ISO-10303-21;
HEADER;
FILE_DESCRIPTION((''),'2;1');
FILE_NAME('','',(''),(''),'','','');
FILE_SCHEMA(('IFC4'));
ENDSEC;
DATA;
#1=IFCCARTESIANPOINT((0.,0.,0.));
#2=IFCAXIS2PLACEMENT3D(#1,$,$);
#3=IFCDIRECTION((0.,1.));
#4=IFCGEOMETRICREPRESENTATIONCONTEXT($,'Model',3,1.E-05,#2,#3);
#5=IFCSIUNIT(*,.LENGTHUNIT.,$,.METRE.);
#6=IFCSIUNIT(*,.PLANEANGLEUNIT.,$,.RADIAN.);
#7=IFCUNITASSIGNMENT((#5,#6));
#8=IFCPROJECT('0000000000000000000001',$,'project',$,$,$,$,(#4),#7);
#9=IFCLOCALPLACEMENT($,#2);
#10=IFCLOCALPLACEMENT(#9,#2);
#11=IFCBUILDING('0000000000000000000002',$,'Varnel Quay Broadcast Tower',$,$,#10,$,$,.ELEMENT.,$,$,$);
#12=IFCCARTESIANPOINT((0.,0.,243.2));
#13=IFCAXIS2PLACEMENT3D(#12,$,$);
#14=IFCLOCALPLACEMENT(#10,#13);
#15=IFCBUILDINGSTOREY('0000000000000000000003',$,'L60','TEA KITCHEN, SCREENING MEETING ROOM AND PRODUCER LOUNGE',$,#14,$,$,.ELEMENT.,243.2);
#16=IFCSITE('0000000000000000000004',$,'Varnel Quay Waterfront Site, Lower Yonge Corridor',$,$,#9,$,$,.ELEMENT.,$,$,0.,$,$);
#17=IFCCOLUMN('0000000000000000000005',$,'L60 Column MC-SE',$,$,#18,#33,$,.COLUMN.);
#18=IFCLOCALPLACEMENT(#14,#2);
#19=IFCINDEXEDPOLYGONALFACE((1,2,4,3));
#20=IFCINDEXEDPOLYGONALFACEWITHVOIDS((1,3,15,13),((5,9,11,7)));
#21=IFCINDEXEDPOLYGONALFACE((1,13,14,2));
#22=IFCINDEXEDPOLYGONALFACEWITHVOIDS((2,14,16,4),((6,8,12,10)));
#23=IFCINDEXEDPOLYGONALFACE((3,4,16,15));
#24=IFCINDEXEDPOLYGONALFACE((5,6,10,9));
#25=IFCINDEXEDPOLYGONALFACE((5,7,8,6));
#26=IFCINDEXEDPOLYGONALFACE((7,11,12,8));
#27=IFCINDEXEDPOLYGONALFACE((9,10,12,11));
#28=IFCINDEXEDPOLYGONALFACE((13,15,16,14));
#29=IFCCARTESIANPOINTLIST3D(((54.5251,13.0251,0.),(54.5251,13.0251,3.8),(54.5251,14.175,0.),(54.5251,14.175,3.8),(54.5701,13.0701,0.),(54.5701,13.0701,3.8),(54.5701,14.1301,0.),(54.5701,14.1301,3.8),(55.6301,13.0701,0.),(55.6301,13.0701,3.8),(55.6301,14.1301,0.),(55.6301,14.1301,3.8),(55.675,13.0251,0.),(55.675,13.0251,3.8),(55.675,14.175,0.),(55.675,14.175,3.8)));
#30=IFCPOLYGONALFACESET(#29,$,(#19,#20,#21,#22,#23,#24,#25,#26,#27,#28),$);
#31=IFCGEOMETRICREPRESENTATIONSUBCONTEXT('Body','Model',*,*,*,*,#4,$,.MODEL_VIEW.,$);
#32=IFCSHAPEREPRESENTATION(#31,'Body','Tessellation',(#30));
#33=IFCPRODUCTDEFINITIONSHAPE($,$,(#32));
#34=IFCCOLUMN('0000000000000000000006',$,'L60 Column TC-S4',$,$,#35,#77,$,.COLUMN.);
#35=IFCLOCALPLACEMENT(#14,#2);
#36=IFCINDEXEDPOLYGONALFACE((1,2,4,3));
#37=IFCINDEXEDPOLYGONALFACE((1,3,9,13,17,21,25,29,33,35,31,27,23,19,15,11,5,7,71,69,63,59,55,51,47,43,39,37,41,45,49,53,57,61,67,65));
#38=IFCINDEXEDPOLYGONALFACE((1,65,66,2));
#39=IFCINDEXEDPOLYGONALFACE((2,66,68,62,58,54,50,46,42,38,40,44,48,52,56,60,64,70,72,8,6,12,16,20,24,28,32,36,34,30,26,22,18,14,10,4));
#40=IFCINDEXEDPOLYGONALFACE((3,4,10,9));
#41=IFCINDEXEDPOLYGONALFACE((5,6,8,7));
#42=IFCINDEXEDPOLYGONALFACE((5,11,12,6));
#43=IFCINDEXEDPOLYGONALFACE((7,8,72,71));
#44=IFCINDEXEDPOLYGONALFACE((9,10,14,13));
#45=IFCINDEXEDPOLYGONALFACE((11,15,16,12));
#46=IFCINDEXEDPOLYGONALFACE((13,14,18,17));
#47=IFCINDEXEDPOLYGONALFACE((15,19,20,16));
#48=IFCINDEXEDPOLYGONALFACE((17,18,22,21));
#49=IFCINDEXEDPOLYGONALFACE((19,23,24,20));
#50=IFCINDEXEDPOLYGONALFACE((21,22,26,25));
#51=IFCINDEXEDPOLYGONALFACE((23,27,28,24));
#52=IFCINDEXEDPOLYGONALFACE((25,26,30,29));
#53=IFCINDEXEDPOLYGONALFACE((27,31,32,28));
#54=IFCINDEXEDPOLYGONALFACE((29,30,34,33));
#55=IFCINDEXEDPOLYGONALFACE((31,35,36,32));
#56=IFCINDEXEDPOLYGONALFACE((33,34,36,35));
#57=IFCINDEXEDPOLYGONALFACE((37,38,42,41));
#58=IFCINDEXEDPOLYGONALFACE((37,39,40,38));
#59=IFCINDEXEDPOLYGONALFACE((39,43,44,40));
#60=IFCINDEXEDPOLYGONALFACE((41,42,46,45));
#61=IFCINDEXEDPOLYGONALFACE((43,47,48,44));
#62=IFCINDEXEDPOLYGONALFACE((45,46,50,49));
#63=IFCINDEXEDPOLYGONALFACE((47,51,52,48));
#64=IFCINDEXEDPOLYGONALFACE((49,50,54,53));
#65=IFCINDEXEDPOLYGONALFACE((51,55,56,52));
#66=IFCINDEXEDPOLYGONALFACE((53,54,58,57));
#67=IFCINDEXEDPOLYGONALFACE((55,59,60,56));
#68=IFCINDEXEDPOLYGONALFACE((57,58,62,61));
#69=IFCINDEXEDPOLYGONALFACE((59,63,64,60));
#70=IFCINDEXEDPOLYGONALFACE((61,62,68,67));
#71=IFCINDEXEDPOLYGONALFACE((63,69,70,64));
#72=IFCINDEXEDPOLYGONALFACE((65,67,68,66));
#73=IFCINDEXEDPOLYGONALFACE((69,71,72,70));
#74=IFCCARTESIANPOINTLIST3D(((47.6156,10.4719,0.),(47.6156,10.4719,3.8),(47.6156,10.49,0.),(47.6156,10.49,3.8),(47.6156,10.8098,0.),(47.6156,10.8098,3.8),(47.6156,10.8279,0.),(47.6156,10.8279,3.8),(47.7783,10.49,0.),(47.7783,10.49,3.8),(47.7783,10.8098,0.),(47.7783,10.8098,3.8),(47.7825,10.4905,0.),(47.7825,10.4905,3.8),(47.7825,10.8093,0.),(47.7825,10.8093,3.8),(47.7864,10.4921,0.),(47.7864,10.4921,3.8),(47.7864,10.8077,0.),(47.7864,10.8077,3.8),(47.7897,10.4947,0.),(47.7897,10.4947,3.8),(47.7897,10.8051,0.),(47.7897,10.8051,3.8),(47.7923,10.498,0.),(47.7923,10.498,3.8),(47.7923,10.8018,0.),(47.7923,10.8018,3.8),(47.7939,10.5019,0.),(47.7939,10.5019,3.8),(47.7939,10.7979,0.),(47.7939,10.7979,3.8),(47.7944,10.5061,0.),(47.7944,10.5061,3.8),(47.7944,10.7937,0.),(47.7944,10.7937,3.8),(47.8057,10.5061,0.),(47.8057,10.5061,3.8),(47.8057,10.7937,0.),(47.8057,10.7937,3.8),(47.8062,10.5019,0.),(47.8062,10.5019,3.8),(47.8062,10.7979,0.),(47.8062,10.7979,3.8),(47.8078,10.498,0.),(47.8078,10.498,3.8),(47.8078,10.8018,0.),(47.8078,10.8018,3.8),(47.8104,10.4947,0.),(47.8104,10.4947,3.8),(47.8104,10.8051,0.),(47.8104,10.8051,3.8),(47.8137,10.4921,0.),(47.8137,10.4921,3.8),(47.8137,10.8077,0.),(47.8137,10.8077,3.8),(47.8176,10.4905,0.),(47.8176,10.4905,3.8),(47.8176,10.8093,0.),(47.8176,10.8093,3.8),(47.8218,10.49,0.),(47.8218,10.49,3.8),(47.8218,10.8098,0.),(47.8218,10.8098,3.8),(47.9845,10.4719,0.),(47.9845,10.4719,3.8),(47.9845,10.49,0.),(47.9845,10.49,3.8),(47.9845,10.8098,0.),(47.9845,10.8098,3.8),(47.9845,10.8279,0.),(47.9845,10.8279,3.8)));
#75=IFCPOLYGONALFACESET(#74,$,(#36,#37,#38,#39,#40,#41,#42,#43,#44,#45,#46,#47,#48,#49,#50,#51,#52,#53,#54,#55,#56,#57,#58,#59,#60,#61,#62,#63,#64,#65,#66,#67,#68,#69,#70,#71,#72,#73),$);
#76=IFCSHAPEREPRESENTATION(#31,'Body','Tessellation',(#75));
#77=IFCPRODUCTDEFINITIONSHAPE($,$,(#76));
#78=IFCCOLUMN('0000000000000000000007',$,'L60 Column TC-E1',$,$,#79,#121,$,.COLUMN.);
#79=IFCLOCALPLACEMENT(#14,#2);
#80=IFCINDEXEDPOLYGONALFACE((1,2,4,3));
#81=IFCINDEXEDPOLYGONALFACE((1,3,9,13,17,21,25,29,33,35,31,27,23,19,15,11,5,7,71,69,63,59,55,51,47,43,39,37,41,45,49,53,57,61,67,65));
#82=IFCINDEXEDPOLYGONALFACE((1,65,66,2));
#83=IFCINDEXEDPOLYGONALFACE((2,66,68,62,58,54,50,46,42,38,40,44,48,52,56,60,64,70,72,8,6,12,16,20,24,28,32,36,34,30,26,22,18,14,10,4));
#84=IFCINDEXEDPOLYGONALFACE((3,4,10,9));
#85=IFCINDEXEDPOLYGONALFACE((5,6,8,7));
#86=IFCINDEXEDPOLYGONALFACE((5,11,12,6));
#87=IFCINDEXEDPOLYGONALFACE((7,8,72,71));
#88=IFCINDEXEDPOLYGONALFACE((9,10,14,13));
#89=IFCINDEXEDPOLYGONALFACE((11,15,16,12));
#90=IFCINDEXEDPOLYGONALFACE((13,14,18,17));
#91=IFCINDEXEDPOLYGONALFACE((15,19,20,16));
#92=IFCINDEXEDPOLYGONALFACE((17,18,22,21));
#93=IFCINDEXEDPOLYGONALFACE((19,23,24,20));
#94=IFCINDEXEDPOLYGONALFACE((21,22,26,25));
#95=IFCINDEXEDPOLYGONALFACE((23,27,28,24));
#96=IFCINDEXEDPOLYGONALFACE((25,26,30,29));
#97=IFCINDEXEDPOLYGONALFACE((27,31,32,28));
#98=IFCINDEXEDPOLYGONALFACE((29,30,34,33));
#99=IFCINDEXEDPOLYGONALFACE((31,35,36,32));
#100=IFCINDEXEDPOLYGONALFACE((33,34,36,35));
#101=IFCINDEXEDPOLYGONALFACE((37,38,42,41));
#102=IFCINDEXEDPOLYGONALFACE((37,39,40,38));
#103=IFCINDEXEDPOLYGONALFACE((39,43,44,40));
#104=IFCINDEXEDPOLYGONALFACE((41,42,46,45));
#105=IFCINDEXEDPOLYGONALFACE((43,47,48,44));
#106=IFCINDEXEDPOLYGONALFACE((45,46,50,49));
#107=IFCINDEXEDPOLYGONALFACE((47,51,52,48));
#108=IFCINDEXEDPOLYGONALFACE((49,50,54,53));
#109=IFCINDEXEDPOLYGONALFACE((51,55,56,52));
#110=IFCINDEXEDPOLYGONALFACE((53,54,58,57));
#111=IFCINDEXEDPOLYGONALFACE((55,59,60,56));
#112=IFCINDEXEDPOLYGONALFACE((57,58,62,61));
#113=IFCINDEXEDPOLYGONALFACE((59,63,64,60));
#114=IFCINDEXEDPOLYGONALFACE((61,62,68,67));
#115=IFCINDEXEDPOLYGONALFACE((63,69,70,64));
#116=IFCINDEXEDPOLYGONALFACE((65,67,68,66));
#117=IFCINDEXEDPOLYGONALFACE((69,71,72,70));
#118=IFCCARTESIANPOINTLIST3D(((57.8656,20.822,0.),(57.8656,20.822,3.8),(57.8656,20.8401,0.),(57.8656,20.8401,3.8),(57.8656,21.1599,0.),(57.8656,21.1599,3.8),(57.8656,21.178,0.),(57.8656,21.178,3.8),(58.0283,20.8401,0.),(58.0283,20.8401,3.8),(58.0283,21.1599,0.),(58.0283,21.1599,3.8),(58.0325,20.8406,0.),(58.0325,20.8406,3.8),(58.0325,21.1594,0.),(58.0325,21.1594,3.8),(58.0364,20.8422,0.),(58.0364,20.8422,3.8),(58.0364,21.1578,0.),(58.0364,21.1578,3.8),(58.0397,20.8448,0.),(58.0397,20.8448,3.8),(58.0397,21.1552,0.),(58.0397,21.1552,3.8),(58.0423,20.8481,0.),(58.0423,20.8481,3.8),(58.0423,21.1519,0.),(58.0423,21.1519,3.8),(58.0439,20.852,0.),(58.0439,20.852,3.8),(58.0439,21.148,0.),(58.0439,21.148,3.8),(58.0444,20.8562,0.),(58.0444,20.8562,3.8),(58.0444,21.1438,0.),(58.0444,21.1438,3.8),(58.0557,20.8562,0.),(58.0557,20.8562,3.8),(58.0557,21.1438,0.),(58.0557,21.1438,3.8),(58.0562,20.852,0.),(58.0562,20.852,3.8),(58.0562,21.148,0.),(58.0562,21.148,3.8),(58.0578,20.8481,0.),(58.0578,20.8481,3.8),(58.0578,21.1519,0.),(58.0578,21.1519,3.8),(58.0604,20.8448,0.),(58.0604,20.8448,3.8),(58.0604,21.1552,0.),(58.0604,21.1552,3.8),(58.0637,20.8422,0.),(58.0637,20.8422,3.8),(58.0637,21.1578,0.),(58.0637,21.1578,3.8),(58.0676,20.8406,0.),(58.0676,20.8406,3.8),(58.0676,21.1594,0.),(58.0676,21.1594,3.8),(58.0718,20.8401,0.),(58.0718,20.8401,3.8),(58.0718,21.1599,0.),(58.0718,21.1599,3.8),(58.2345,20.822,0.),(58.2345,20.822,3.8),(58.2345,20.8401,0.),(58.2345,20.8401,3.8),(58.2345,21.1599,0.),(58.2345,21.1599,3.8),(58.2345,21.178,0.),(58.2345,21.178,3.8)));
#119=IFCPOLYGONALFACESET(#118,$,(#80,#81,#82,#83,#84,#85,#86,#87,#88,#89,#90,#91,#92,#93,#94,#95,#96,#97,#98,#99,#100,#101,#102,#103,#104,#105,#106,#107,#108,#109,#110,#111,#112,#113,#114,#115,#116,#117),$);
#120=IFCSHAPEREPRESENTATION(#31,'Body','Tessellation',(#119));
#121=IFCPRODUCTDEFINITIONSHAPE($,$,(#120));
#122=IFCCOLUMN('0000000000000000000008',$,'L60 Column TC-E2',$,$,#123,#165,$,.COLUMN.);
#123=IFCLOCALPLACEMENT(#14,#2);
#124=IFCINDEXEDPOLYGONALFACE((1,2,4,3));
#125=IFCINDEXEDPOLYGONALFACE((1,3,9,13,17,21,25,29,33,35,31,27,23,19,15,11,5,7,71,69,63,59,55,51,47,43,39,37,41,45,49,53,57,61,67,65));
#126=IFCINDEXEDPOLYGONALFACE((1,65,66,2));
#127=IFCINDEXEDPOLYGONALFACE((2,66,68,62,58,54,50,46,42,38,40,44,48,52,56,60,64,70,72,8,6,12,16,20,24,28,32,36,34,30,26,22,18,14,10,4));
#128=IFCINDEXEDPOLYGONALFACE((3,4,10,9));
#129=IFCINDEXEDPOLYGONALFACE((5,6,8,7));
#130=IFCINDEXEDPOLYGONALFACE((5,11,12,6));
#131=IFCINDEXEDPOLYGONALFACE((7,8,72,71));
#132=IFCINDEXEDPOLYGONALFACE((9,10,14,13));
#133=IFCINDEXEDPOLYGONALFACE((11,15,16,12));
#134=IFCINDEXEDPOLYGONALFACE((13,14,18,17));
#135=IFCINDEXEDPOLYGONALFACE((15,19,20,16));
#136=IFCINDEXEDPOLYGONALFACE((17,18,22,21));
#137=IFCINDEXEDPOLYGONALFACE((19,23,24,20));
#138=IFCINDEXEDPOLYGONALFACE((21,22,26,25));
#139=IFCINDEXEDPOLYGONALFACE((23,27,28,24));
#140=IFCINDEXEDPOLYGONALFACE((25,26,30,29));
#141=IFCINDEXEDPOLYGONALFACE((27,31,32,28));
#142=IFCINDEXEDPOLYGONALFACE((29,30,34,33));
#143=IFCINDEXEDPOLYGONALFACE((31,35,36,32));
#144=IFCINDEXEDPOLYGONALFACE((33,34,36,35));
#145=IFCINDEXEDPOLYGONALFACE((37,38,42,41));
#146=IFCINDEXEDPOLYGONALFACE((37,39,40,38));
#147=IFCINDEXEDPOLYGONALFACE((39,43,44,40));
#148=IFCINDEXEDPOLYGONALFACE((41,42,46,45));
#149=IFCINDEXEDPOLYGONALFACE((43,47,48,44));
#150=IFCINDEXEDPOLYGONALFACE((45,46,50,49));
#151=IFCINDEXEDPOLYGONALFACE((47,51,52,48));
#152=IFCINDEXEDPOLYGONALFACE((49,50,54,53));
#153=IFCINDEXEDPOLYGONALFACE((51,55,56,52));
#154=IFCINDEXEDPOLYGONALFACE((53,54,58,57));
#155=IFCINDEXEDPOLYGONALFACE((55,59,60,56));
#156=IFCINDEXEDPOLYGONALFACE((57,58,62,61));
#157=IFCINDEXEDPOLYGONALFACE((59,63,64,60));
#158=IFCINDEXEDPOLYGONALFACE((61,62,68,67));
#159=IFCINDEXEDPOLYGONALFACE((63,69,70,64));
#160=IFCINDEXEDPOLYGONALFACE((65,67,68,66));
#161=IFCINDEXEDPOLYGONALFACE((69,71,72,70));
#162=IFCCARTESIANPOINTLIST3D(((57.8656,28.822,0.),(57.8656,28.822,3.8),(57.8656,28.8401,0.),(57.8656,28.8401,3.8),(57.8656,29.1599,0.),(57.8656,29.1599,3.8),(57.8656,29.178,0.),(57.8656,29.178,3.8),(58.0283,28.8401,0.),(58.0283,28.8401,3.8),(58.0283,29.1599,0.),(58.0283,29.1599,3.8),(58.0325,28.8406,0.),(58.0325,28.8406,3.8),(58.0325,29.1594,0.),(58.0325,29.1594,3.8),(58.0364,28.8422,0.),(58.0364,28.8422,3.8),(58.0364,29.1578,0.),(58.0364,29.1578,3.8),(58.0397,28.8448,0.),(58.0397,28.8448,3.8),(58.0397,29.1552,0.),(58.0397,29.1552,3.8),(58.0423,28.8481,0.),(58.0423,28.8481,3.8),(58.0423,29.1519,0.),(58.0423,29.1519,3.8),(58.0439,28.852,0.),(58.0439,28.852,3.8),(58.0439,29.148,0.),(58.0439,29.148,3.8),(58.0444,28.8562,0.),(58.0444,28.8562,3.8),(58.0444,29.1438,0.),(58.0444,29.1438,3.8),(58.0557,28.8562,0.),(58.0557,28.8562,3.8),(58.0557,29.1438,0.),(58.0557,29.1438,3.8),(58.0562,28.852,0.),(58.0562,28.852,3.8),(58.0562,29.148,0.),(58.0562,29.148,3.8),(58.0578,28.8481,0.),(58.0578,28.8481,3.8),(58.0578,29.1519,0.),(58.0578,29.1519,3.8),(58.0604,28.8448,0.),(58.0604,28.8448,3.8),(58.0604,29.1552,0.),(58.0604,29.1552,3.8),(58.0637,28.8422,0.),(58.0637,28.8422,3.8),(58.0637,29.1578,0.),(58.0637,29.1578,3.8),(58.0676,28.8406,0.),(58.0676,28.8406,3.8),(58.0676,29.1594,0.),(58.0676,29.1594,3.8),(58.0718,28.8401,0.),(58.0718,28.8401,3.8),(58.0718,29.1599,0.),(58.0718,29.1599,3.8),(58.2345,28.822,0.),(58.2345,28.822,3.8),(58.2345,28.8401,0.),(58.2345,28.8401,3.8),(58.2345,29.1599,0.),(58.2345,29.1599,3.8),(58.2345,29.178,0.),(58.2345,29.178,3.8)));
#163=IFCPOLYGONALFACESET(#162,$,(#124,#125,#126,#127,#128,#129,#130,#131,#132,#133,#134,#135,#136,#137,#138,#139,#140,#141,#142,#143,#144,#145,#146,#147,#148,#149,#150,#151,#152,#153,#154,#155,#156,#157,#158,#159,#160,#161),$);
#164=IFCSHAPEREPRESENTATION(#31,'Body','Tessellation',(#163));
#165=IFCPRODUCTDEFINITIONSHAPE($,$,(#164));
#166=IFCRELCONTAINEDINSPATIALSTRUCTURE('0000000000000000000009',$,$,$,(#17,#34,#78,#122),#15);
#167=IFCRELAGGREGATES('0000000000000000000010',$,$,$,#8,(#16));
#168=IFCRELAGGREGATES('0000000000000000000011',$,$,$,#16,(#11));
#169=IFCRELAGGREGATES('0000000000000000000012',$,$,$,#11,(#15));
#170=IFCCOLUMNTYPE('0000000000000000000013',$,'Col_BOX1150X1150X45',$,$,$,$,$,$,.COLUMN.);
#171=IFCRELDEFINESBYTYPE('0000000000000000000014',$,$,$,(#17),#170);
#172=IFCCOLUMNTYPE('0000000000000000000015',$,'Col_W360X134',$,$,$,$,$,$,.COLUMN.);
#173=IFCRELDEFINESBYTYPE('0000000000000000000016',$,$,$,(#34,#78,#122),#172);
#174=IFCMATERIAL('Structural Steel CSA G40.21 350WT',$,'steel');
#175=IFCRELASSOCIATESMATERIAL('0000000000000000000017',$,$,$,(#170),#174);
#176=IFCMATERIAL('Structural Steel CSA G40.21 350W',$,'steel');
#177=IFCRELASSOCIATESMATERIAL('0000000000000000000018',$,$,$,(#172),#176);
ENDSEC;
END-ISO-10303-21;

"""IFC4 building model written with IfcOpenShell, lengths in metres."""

from ifc_helpers import new_model, si_unit, direction, frame, origin, origin_2d, place, context, subcontext, project, spatial, hollow_rectangle, i_section, extrude, source, transform, mapped, material, material_profile, profile_set, type_object, type_shapes, element, save


model = new_model("IFC4")

# Units and contexts
model_context = context("Model", 3, precision=1e-05, world=origin(), true_north=direction((0.0, 1.0)))
body_context = subcontext(model_context, "Body", "Model", "MODEL_VIEW")
ifc_project = project(units=[si_unit("LENGTHUNIT", "METRE"), si_unit("PLANEANGLEUNIT", "RADIAN")], contexts=[model_context])

# Site, building, storey
site_placement = place(None, origin())
site = spatial("IfcSite", under=ifc_project, at=site_placement, Name="Varnel Quay Waterfront Site, Lower Yonge Corridor", CompositionType="ELEMENT", RefElevation=0.0)
building_placement = place(site_placement, origin())
building = spatial("IfcBuilding", under=site, at=building_placement, Name="Varnel Quay Broadcast Tower", CompositionType="ELEMENT")
storey_placement = place(building_placement, frame((0.0, 0.0, 243.2)))
storey = spatial("IfcBuildingStorey", under=building, at=storey_placement, Name="L60", Description="TEA KITCHEN, SCREENING MEETING ROOM AND PRODUCER LOUNGE", CompositionType="ELEMENT", Elevation=243.2)

# Columns
ifc_material_1 = material(Name="Structural Steel CSA G40.21 350WT", Category="steel")
ifc_material_profile_1 = material_profile(ifc_material_1, hollow_rectangle(XDim=1.1499, YDim=1.1499, WallThickness=0.0449, at=origin_2d()), Name="BOX1150X1150X45")
ifc_profile_set_1 = profile_set([ifc_material_profile_1], Name="Structural Steel CSA G40.21 350WT")
column_type_1 = type_object("IfcColumnType", Name="Col_BOX1150X1150X45", PredefinedType="COLUMN", material=ifc_profile_set_1)
shared_shape_1 = source(origin(), body_context, "Body", "SweptSolid", [
    extrude(hollow_rectangle(XDim=1.1499, YDim=1.1499, WallThickness=0.0449, at=origin_2d()), origin(), (0.0, 0.0, 1.0), 3.8),
])
type_shapes(column_type_1, [shared_shape_1])
column_placement = place(storey_placement, frame((55.1001, 13.6001, 0.0), z_axis=(0.0, 0.0, 1.0), x_axis=(1.0, 0.0, 0.0)))
element("IfcColumn", 1, at=column_placement, inside=storey, type_object=column_type_1, Name="L60 Column MC-SE", PredefinedType="COLUMN", context=body_context, shape_type="MappedRepresentation", body=[
    mapped(shared_shape_1, transform((0.0, 0.0, 0.0), x_axis=(1.0, 0.0, 0.0), y_axis=(0.0, 1.0, 0.0), z_axis=(0.0, 0.0, 1.0), scale=1.0)),
])
ifc_material_2 = material(Name="Structural Steel CSA G40.21 350W", Category="steel")
ifc_material_profile_2 = material_profile(ifc_material_2, i_section(OverallWidth=0.3689, OverallDepth=0.356, WebThickness=0.0112, FlangeThickness=0.0181, FilletRadius=0.0161, at=origin_2d()), Name="W360X134")
ifc_profile_set_2 = profile_set([ifc_material_profile_2], Name="Structural Steel CSA G40.21 350W")
column_type_2 = type_object("IfcColumnType", Name="Col_W360X134", PredefinedType="COLUMN", material=ifc_profile_set_2)
shared_shape_2 = source(origin(), body_context, "Body", "SweptSolid", [
    extrude(i_section(OverallWidth=0.3689, OverallDepth=0.356, WebThickness=0.0112, FlangeThickness=0.0181, FilletRadius=0.0161, at=origin_2d()), origin(), (0.0, 0.0, 1.0), 3.8),
])
type_shapes(column_type_2, [shared_shape_2])
for number, where, z_axis, x_axis, name in (
    (2, (47.8, 10.6499, 0.0), (0.0, 0.0, 1.0), (1.0, 0.0, 0.0), "L60 Column TC-S4"),
    (3, (58.05, 21.0, 0.0), (0.0, 0.0, 1.0), (1.0, 0.0, 0.0), "L60 Column TC-E1"),
    (4, (58.05, 29.0, 0.0), (0.0, 0.0, 1.0), (1.0, 0.0, 0.0), "L60 Column TC-E2"),
):
    element("IfcColumn", number, at=place(storey_placement, frame(where, z_axis=z_axis, x_axis=x_axis)), inside=storey, type_object=column_type_2, Name=name, PredefinedType="COLUMN", context=body_context, shape_type="MappedRepresentation", body=[
        mapped(shared_shape_2, transform((0.0, 0.0, 0.0), x_axis=(1.0, 0.0, 0.0), y_axis=(0.0, 1.0, 0.0), z_axis=(0.0, 0.0, 1.0), scale=1.0)),
    ])

save(model, "model.ifc")
